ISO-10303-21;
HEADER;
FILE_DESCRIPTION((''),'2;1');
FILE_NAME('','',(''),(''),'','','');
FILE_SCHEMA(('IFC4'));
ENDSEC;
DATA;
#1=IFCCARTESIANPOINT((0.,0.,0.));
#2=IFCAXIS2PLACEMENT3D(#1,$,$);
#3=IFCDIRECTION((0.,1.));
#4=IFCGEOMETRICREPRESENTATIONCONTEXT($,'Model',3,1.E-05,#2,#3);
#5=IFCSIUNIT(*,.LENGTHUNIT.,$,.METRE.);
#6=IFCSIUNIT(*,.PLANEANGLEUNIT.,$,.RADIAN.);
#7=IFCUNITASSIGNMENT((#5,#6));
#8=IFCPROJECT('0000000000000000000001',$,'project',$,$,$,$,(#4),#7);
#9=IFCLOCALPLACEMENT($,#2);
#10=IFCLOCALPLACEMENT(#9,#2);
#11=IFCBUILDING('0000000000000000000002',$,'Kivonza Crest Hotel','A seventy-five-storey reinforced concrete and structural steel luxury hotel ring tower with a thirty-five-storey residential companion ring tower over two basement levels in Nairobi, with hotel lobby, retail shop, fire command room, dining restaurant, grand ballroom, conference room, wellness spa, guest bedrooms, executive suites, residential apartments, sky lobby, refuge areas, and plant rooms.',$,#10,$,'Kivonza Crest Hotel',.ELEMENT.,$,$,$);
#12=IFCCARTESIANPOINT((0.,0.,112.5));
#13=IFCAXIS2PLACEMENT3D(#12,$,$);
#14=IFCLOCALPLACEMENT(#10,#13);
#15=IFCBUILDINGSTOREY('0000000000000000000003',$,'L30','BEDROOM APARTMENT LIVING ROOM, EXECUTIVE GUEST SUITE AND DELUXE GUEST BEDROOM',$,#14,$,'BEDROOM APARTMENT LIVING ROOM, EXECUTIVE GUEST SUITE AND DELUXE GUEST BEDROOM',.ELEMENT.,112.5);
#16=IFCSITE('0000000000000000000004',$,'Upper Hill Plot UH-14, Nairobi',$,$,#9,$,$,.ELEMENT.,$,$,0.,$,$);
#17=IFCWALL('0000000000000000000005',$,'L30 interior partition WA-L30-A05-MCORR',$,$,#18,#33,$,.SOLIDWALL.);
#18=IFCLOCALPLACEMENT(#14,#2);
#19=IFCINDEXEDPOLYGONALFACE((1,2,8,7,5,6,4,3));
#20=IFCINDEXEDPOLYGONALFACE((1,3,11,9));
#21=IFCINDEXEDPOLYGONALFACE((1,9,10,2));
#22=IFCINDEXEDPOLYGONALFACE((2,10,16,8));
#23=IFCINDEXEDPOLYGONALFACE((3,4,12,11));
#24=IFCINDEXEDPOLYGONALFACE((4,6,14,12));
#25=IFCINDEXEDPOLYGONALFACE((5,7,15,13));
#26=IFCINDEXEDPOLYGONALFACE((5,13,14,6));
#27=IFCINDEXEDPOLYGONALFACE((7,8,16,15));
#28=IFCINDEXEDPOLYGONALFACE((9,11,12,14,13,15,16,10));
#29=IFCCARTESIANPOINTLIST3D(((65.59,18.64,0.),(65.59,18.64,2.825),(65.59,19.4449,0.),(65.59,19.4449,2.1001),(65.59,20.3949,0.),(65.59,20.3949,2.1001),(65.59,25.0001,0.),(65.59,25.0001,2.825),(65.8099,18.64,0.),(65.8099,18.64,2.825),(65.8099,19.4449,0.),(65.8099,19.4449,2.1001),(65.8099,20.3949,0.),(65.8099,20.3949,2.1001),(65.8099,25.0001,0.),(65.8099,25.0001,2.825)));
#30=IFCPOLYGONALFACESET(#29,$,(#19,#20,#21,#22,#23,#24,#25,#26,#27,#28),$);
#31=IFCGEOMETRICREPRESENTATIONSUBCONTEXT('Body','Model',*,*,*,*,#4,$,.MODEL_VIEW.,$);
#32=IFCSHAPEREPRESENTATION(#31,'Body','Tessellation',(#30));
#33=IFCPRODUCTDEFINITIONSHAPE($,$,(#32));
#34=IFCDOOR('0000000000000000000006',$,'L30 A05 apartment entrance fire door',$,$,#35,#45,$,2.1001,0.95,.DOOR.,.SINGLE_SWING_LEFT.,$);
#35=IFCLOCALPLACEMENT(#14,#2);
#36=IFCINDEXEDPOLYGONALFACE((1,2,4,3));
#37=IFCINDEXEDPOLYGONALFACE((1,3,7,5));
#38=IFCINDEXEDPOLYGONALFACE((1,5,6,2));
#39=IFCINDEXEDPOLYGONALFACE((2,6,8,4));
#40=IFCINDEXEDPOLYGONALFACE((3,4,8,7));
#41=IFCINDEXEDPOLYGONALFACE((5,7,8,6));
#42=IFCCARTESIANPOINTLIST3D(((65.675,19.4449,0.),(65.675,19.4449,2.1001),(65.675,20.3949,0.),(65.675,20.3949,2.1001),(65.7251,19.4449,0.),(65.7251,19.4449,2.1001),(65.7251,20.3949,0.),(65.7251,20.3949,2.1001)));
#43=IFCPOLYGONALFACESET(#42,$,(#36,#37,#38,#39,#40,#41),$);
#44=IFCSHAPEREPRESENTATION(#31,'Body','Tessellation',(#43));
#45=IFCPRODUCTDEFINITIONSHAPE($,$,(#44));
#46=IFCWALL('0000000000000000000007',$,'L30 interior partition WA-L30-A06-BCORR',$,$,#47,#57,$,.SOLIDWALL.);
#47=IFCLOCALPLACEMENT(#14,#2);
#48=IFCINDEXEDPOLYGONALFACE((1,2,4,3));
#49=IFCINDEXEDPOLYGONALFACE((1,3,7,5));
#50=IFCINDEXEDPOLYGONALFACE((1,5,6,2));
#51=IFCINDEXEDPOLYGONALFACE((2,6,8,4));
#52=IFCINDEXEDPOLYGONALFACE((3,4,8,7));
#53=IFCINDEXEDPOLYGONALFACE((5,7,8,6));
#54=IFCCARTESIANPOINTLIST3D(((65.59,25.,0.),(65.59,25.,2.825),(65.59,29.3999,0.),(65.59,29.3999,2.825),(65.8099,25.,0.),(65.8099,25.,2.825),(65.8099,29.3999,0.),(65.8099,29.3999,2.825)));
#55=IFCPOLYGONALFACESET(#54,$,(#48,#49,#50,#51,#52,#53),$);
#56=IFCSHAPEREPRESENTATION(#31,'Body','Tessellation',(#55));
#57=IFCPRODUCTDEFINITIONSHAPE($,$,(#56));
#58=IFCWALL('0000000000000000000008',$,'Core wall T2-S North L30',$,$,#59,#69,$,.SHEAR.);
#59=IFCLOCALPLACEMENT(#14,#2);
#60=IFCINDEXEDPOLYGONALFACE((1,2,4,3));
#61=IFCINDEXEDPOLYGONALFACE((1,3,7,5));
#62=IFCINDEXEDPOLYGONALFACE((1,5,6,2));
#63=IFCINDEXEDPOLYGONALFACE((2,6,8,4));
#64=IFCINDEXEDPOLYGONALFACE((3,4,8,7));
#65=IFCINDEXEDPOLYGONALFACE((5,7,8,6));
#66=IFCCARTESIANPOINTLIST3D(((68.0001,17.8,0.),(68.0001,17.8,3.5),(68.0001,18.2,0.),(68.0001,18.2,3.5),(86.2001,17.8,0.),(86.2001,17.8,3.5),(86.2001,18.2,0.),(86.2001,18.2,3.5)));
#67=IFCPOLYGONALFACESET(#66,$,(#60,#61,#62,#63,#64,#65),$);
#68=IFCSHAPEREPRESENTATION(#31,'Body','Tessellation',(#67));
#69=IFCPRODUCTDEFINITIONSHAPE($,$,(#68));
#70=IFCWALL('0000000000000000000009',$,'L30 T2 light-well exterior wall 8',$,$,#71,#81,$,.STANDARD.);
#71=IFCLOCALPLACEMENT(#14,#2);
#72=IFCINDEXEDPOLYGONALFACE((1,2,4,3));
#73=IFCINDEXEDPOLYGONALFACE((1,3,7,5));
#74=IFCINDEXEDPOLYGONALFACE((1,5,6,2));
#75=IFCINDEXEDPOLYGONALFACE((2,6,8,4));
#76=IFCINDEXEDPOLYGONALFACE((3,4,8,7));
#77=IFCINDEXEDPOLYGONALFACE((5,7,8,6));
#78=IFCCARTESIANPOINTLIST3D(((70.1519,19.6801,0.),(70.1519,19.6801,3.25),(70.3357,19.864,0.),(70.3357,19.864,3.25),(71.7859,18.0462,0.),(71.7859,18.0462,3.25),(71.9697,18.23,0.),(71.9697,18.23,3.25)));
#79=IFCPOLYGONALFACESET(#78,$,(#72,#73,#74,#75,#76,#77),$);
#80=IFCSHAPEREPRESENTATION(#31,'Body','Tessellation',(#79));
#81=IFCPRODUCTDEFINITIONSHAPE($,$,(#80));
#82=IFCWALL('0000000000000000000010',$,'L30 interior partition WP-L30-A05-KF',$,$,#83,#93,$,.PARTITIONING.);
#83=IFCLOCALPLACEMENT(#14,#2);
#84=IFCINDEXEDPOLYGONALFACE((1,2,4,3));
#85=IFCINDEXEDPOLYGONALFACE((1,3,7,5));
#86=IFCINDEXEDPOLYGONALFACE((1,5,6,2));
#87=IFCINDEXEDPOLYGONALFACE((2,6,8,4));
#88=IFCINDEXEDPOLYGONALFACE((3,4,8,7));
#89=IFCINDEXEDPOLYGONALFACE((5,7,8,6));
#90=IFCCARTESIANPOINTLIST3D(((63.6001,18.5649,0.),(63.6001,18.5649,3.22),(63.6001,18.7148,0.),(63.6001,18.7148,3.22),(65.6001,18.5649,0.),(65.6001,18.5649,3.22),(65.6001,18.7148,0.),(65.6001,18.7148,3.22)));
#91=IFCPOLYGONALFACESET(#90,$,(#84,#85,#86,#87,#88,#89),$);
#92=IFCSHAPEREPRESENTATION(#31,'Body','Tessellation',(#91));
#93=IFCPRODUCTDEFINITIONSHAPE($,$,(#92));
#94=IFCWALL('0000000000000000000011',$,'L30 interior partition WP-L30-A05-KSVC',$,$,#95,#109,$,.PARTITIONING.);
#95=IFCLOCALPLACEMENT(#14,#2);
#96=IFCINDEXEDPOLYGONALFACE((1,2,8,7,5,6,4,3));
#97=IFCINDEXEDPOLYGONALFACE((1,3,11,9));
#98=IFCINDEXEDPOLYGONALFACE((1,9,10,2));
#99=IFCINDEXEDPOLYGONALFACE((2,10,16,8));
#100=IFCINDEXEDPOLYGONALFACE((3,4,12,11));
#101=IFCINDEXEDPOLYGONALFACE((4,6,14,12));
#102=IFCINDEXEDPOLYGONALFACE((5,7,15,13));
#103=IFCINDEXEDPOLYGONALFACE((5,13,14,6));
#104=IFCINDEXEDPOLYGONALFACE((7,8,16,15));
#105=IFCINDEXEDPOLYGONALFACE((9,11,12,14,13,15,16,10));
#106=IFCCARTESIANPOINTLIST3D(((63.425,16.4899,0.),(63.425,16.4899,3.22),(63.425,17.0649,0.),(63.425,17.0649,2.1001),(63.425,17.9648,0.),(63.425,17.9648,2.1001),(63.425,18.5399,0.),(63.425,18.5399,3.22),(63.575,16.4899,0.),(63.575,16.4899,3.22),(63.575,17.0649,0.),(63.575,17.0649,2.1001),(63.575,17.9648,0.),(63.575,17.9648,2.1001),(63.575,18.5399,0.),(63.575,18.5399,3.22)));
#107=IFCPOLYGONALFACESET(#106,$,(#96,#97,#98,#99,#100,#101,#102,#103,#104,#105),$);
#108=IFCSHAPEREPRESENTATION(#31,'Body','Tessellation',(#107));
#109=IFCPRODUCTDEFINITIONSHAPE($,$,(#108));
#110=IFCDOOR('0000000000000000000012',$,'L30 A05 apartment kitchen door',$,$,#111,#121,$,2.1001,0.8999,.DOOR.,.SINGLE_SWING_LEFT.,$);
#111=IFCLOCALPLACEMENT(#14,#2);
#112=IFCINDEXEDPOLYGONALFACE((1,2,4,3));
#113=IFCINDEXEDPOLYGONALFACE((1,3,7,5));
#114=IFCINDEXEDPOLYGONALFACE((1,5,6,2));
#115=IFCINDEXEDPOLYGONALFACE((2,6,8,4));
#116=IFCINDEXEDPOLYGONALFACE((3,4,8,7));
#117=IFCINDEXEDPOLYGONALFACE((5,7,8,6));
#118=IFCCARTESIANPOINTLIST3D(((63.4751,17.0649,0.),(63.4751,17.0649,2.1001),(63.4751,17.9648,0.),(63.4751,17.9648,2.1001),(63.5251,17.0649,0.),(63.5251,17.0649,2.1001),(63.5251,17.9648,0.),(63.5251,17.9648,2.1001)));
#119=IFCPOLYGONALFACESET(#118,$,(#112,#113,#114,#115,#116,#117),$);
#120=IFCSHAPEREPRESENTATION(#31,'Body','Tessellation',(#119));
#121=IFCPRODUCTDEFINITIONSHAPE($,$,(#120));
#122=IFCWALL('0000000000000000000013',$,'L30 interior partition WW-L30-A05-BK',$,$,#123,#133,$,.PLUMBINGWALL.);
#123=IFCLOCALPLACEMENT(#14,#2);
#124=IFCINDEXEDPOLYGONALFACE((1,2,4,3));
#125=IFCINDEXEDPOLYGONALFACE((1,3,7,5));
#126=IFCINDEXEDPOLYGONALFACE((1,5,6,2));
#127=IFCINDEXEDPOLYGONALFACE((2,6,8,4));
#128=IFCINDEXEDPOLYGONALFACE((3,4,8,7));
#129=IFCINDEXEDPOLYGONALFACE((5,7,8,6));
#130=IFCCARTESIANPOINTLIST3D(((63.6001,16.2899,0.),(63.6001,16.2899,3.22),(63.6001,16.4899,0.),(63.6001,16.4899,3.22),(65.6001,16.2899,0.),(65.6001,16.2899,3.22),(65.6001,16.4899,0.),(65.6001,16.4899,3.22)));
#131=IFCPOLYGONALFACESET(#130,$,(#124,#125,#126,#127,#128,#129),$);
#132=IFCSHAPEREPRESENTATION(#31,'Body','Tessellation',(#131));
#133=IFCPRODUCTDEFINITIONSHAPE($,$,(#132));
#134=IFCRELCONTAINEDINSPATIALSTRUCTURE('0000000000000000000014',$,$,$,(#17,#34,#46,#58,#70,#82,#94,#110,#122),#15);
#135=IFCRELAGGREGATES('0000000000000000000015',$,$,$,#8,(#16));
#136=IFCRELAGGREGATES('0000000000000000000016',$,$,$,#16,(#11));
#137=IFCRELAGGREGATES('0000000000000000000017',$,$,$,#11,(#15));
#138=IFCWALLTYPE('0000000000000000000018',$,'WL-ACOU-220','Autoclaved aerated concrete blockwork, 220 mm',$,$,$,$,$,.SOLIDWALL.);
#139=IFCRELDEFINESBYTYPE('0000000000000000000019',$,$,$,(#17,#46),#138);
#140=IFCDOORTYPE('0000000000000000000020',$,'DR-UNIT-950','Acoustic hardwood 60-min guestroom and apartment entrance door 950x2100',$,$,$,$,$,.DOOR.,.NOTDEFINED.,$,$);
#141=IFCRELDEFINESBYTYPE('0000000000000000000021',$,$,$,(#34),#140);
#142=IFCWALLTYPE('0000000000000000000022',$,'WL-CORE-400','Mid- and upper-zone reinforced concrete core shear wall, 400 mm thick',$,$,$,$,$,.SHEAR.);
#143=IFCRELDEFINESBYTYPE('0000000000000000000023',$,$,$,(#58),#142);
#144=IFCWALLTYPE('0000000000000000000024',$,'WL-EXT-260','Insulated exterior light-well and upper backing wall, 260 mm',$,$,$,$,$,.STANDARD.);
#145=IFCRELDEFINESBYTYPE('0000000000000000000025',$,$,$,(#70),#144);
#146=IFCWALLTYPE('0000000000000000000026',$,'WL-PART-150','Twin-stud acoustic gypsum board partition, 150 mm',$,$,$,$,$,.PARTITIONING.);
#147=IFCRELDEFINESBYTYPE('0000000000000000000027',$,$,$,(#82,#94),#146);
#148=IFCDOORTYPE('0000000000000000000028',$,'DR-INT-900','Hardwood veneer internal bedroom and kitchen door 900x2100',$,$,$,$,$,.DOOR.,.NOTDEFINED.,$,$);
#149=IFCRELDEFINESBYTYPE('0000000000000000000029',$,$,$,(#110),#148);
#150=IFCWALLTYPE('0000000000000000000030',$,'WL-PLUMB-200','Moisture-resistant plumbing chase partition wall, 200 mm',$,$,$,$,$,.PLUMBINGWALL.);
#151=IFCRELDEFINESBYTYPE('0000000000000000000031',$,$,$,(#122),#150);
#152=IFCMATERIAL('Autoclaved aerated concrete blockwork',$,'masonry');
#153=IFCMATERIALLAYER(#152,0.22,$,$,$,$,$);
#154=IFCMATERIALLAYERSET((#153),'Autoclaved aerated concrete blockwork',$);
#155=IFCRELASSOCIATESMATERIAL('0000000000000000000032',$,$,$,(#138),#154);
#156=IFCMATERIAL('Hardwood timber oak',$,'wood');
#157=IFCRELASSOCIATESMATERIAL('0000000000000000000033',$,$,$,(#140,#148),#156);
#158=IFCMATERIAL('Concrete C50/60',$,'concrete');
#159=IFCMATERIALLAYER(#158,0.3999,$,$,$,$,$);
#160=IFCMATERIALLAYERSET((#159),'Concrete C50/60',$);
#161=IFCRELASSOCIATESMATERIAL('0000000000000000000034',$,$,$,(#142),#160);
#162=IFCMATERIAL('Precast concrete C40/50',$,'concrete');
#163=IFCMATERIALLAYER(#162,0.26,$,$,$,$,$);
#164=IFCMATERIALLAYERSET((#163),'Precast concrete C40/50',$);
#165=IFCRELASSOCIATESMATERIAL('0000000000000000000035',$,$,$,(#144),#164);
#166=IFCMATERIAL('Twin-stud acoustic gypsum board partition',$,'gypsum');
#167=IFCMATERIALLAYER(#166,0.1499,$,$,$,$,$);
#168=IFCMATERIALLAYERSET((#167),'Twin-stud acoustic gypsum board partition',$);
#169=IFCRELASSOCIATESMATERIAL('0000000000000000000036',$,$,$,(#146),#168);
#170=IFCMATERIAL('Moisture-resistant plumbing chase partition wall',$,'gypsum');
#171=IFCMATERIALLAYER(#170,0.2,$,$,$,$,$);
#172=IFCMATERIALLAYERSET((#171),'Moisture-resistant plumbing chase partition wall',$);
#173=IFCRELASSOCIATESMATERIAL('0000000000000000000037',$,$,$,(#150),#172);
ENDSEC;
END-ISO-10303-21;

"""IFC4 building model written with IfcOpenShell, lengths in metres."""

from ifc_helpers import new_model, si_unit, direction, frame, frame_2d, origin, place, context, subcontext, project, spatial, rectangle, extrude, material, layer, layer_set, type_object, element, fill, save


model = new_model("IFC4")

# Units and contexts
model_context = context("Model", 3, precision=1e-05, world=origin(), true_north=direction((0.0, 1.0)))
body_context = subcontext(model_context, "Body", "Model", "MODEL_VIEW")
ifc_project = project(units=[si_unit("LENGTHUNIT", "METRE"), si_unit("PLANEANGLEUNIT", "RADIAN")], contexts=[model_context])

# Site, building, storey
site_placement = place(None, origin())
site = spatial("IfcSite", under=ifc_project, at=site_placement, Name="Upper Hill Plot UH-14, Nairobi", CompositionType="ELEMENT", RefElevation=0.0)
building_placement = place(site_placement, origin())
building = spatial("IfcBuilding", under=site, at=building_placement, Name="Kivonza Crest Hotel", Description="A seventy-five-storey reinforced concrete and structural steel luxury hotel ring tower with a thirty-five-storey residential companion ring tower over two basement levels in Nairobi, with hotel lobby, retail shop, fire command room, dining restaurant, grand ballroom, conference room, wellness spa, guest bedrooms, executive suites, residential apartments, sky lobby, refuge areas, and plant rooms.", LongName="Kivonza Crest Hotel", CompositionType="ELEMENT")
storey_placement = place(building_placement, frame((0.0, 0.0, 112.5)))
storey = spatial("IfcBuildingStorey", under=building, at=storey_placement, Name="L30", Description="BEDROOM APARTMENT LIVING ROOM, EXECUTIVE GUEST SUITE AND DELUXE GUEST BEDROOM", LongName="BEDROOM APARTMENT LIVING ROOM, EXECUTIVE GUEST SUITE AND DELUXE GUEST BEDROOM", CompositionType="ELEMENT", Elevation=112.5)

# Shared definitions
ifc_material_1 = material(Name="Concrete C50/60", Category="concrete")

# Wall, opening, door
ifc_material_2 = material(Name="Autoclaved aerated concrete blockwork", Category="masonry")
ifc_layer_1 = layer(ifc_material_2, 0.22)
ifc_layer_set_1 = layer_set([ifc_layer_1], Name="Autoclaved aerated concrete blockwork")
wall_type_1 = type_object("IfcWallType", Name="WL-ACOU-220", Description="Autoclaved aerated concrete blockwork, 220 mm", PredefinedType="SOLIDWALL", material=ifc_layer_set_1)
wall_1_placement = place(storey_placement, frame((65.7, 18.6399, 0.0), z_axis=(0.0, 0.0, 1.0), x_axis=(0.0, 1.0, 0.0)))
wall_1 = element("IfcWall", 1, at=wall_1_placement, inside=storey, type_object=wall_type_1, Name="L30 interior partition WA-L30-A05-MCORR", PredefinedType="SOLIDWALL", context=body_context, shape_type="SweptSolid", body=[
    extrude(rectangle(XDim=6.3601, YDim=0.22, at=frame_2d((3.1802, 0.0))), origin(), (0.0, 0.0, 1.0), 2.825),
])
opening_1_placement = place(wall_1_placement, frame((0.8049, 0.0, 0.0)))
opening_1 = element("IfcOpeningElement", 2, at=opening_1_placement, cuts=wall_1, PredefinedType="OPENING", context=body_context, shape_type="SweptSolid", body=[
    extrude(rectangle(XDim=0.95, YDim=2.1001, at=frame_2d((0.4751, 1.05))), frame((0.0, 0.1201, 0.0), z_axis=(0.0, -1.0, 0.0), x_axis=(1.0, 0.0, 0.0)), (0.0, 0.0, 1.0), 0.24),
])
ifc_material_3 = material(Name="Hardwood timber oak", Category="wood")
door_type_1 = type_object("IfcDoorType", Name="DR-UNIT-950", Description="Acoustic hardwood 60-min guestroom and apartment entrance door 950x2100", OperationType="NOTDEFINED", PredefinedType="DOOR", material=ifc_material_3)
door_1_placement = place(opening_1_placement, origin())
door_1 = element("IfcDoor", 3, at=door_1_placement, inside=storey, type_object=door_type_1, Name="L30 A05 apartment entrance fire door", OperationType="SINGLE_SWING_LEFT", OverallHeight=2.1001, OverallWidth=0.95, PredefinedType="DOOR", context=body_context, shape_type="SweptSolid", body=[
    extrude(rectangle(XDim=0.95, YDim=2.1001, at=frame_2d((0.4751, 1.05))), frame((0.0, 0.0249, 0.0), z_axis=(0.0, -1.0, 0.0), x_axis=(1.0, 0.0, 0.0)), (0.0, 0.0, 1.0), 0.05),
])
fill(opening_1, door_1)

# Walls
wall_2_placement = place(storey_placement, frame((65.7, 25.0, 0.0), z_axis=(0.0, 0.0, 1.0), x_axis=(0.0, 1.0, 0.0)))
element("IfcWall", 4, at=wall_2_placement, inside=storey, type_object=wall_type_1, Name="L30 interior partition WA-L30-A06-BCORR", PredefinedType="SOLIDWALL", context=body_context, shape_type="SweptSolid", body=[
    extrude(rectangle(XDim=4.3999, YDim=0.22, at=frame_2d((2.2, 0.0))), origin(), (0.0, 0.0, 1.0), 2.825),
])
ifc_layer_2 = layer(ifc_material_1, 0.3999)
ifc_layer_set_2 = layer_set([ifc_layer_2], Name="Concrete C50/60")
wall_type_2 = type_object("IfcWallType", Name="WL-CORE-400", Description="Mid- and upper-zone reinforced concrete core shear wall, 400 mm thick", PredefinedType="SHEAR", material=ifc_layer_set_2)
wall_3_placement = place(storey_placement, frame((68.0, 18.0, 0.0), z_axis=(0.0, 0.0, 1.0), x_axis=(1.0, 0.0, 0.0)))
element("IfcWall", 5, at=wall_3_placement, inside=storey, type_object=wall_type_2, Name="Core wall T2-S North L30", PredefinedType="SHEAR", context=body_context, shape_type="SweptSolid", body=[
    extrude(rectangle(XDim=18.2, YDim=0.3999, at=frame_2d((9.1001, 0.0))), origin(), (0.0, 0.0, 1.0), 3.5),
])
ifc_material_4 = material(Name="Precast concrete C40/50", Category="concrete")
ifc_layer_3 = layer(ifc_material_4, 0.26)
ifc_layer_set_3 = layer_set([ifc_layer_3], Name="Precast concrete C40/50")
wall_type_3 = type_object("IfcWallType", Name="WL-EXT-260", Description="Insulated exterior light-well and upper backing wall, 260 mm", PredefinedType="STANDARD", material=ifc_layer_set_3)
wall_4_placement = place(storey_placement, frame((70.2439, 19.772, 0.0), z_axis=(0.0, 0.0, 1.0), x_axis=(0.707107, -0.707107, 0.0)))
element("IfcWall", 6, at=wall_4_placement, inside=storey, type_object=wall_type_3, Name="L30 T2 light-well exterior wall 8", PredefinedType="STANDARD", context=body_context, shape_type="SweptSolid", body=[
    extrude(rectangle(XDim=2.3108, YDim=0.26, at=frame_2d((1.1553, 0.0))), origin(), (0.0, 0.0, 1.0), 3.25),
])
ifc_material_5 = material(Name="Twin-stud acoustic gypsum board partition", Category="gypsum")
ifc_layer_4 = layer(ifc_material_5, 0.1499)
ifc_layer_set_4 = layer_set([ifc_layer_4], Name="Twin-stud acoustic gypsum board partition")
wall_type_4 = type_object("IfcWallType", Name="WL-PART-150", Description="Twin-stud acoustic gypsum board partition, 150 mm", PredefinedType="PARTITIONING", material=ifc_layer_set_4)
wall_5_placement = place(storey_placement, frame((63.6001, 18.6399, 0.0), z_axis=(0.0, 0.0, 1.0), x_axis=(1.0, 0.0, 0.0)))
element("IfcWall", 7, at=wall_5_placement, inside=storey, type_object=wall_type_4, Name="L30 interior partition WP-L30-A05-KF", PredefinedType="PARTITIONING", context=body_context, shape_type="SweptSolid", body=[
    extrude(rectangle(XDim=2.0, YDim=0.1499, at=frame_2d((1.0, 0.0))), origin(), (0.0, 0.0, 1.0), 3.22),
])

# Wall, opening, door
wall_6_placement = place(storey_placement, frame((63.5, 16.49, 0.0), z_axis=(0.0, 0.0, 1.0), x_axis=(0.0, 1.0, 0.0)))
wall_6 = element("IfcWall", 8, at=wall_6_placement, inside=storey, type_object=wall_type_4, Name="L30 interior partition WP-L30-A05-KSVC", PredefinedType="PARTITIONING", context=body_context, shape_type="SweptSolid", body=[
    extrude(rectangle(XDim=2.05, YDim=0.1499, at=frame_2d((1.0249, 0.0))), origin(), (0.0, 0.0, 1.0), 3.22),
])
opening_2_placement = place(wall_6_placement, frame((0.575, 0.0, 0.0)))
opening_2 = element("IfcOpeningElement", 9, at=opening_2_placement, cuts=wall_6, PredefinedType="OPENING", context=body_context, shape_type="SweptSolid", body=[
    extrude(rectangle(XDim=0.8999, YDim=2.1001, at=frame_2d((0.45, 1.05))), frame((0.0, 0.085, 0.0), z_axis=(0.0, -1.0, 0.0), x_axis=(1.0, 0.0, 0.0)), (0.0, 0.0, 1.0), 0.1699),
])
door_type_2 = type_object("IfcDoorType", Name="DR-INT-900", Description="Hardwood veneer internal bedroom and kitchen door 900x2100", OperationType="NOTDEFINED", PredefinedType="DOOR", material=ifc_material_3)
door_2_placement = place(opening_2_placement, origin())
door_2 = element("IfcDoor", 10, at=door_2_placement, inside=storey, type_object=door_type_2, Name="L30 A05 apartment kitchen door", OperationType="SINGLE_SWING_LEFT", OverallHeight=2.1001, OverallWidth=0.8999, PredefinedType="DOOR", context=body_context, shape_type="SweptSolid", body=[
    extrude(rectangle(XDim=0.8999, YDim=2.1001, at=frame_2d((0.45, 1.05))), frame((0.0, 0.0249, 0.0), z_axis=(0.0, -1.0, 0.0), x_axis=(1.0, 0.0, 0.0)), (0.0, 0.0, 1.0), 0.05),
])
fill(opening_2, door_2)

# Wall
ifc_material_6 = material(Name="Moisture-resistant plumbing chase partition wall", Category="gypsum")
ifc_layer_5 = layer(ifc_material_6, 0.2)
ifc_layer_set_5 = layer_set([ifc_layer_5], Name="Moisture-resistant plumbing chase partition wall")
wall_type_5 = type_object("IfcWallType", Name="WL-PLUMB-200", Description="Moisture-resistant plumbing chase partition wall, 200 mm", PredefinedType="PLUMBINGWALL", material=ifc_layer_set_5)
wall_7_placement = place(storey_placement, frame((63.6001, 16.3899, 0.0), z_axis=(0.0, 0.0, 1.0), x_axis=(1.0, 0.0, 0.0)))
element("IfcWall", 11, at=wall_7_placement, inside=storey, type_object=wall_type_5, Name="L30 interior partition WW-L30-A05-BK", PredefinedType="PLUMBINGWALL", context=body_context, shape_type="SweptSolid", body=[
    extrude(rectangle(XDim=2.0, YDim=0.2, at=frame_2d((1.0, 0.0))), origin(), (0.0, 0.0, 1.0), 3.22),
])

save(model, "model.ifc")
